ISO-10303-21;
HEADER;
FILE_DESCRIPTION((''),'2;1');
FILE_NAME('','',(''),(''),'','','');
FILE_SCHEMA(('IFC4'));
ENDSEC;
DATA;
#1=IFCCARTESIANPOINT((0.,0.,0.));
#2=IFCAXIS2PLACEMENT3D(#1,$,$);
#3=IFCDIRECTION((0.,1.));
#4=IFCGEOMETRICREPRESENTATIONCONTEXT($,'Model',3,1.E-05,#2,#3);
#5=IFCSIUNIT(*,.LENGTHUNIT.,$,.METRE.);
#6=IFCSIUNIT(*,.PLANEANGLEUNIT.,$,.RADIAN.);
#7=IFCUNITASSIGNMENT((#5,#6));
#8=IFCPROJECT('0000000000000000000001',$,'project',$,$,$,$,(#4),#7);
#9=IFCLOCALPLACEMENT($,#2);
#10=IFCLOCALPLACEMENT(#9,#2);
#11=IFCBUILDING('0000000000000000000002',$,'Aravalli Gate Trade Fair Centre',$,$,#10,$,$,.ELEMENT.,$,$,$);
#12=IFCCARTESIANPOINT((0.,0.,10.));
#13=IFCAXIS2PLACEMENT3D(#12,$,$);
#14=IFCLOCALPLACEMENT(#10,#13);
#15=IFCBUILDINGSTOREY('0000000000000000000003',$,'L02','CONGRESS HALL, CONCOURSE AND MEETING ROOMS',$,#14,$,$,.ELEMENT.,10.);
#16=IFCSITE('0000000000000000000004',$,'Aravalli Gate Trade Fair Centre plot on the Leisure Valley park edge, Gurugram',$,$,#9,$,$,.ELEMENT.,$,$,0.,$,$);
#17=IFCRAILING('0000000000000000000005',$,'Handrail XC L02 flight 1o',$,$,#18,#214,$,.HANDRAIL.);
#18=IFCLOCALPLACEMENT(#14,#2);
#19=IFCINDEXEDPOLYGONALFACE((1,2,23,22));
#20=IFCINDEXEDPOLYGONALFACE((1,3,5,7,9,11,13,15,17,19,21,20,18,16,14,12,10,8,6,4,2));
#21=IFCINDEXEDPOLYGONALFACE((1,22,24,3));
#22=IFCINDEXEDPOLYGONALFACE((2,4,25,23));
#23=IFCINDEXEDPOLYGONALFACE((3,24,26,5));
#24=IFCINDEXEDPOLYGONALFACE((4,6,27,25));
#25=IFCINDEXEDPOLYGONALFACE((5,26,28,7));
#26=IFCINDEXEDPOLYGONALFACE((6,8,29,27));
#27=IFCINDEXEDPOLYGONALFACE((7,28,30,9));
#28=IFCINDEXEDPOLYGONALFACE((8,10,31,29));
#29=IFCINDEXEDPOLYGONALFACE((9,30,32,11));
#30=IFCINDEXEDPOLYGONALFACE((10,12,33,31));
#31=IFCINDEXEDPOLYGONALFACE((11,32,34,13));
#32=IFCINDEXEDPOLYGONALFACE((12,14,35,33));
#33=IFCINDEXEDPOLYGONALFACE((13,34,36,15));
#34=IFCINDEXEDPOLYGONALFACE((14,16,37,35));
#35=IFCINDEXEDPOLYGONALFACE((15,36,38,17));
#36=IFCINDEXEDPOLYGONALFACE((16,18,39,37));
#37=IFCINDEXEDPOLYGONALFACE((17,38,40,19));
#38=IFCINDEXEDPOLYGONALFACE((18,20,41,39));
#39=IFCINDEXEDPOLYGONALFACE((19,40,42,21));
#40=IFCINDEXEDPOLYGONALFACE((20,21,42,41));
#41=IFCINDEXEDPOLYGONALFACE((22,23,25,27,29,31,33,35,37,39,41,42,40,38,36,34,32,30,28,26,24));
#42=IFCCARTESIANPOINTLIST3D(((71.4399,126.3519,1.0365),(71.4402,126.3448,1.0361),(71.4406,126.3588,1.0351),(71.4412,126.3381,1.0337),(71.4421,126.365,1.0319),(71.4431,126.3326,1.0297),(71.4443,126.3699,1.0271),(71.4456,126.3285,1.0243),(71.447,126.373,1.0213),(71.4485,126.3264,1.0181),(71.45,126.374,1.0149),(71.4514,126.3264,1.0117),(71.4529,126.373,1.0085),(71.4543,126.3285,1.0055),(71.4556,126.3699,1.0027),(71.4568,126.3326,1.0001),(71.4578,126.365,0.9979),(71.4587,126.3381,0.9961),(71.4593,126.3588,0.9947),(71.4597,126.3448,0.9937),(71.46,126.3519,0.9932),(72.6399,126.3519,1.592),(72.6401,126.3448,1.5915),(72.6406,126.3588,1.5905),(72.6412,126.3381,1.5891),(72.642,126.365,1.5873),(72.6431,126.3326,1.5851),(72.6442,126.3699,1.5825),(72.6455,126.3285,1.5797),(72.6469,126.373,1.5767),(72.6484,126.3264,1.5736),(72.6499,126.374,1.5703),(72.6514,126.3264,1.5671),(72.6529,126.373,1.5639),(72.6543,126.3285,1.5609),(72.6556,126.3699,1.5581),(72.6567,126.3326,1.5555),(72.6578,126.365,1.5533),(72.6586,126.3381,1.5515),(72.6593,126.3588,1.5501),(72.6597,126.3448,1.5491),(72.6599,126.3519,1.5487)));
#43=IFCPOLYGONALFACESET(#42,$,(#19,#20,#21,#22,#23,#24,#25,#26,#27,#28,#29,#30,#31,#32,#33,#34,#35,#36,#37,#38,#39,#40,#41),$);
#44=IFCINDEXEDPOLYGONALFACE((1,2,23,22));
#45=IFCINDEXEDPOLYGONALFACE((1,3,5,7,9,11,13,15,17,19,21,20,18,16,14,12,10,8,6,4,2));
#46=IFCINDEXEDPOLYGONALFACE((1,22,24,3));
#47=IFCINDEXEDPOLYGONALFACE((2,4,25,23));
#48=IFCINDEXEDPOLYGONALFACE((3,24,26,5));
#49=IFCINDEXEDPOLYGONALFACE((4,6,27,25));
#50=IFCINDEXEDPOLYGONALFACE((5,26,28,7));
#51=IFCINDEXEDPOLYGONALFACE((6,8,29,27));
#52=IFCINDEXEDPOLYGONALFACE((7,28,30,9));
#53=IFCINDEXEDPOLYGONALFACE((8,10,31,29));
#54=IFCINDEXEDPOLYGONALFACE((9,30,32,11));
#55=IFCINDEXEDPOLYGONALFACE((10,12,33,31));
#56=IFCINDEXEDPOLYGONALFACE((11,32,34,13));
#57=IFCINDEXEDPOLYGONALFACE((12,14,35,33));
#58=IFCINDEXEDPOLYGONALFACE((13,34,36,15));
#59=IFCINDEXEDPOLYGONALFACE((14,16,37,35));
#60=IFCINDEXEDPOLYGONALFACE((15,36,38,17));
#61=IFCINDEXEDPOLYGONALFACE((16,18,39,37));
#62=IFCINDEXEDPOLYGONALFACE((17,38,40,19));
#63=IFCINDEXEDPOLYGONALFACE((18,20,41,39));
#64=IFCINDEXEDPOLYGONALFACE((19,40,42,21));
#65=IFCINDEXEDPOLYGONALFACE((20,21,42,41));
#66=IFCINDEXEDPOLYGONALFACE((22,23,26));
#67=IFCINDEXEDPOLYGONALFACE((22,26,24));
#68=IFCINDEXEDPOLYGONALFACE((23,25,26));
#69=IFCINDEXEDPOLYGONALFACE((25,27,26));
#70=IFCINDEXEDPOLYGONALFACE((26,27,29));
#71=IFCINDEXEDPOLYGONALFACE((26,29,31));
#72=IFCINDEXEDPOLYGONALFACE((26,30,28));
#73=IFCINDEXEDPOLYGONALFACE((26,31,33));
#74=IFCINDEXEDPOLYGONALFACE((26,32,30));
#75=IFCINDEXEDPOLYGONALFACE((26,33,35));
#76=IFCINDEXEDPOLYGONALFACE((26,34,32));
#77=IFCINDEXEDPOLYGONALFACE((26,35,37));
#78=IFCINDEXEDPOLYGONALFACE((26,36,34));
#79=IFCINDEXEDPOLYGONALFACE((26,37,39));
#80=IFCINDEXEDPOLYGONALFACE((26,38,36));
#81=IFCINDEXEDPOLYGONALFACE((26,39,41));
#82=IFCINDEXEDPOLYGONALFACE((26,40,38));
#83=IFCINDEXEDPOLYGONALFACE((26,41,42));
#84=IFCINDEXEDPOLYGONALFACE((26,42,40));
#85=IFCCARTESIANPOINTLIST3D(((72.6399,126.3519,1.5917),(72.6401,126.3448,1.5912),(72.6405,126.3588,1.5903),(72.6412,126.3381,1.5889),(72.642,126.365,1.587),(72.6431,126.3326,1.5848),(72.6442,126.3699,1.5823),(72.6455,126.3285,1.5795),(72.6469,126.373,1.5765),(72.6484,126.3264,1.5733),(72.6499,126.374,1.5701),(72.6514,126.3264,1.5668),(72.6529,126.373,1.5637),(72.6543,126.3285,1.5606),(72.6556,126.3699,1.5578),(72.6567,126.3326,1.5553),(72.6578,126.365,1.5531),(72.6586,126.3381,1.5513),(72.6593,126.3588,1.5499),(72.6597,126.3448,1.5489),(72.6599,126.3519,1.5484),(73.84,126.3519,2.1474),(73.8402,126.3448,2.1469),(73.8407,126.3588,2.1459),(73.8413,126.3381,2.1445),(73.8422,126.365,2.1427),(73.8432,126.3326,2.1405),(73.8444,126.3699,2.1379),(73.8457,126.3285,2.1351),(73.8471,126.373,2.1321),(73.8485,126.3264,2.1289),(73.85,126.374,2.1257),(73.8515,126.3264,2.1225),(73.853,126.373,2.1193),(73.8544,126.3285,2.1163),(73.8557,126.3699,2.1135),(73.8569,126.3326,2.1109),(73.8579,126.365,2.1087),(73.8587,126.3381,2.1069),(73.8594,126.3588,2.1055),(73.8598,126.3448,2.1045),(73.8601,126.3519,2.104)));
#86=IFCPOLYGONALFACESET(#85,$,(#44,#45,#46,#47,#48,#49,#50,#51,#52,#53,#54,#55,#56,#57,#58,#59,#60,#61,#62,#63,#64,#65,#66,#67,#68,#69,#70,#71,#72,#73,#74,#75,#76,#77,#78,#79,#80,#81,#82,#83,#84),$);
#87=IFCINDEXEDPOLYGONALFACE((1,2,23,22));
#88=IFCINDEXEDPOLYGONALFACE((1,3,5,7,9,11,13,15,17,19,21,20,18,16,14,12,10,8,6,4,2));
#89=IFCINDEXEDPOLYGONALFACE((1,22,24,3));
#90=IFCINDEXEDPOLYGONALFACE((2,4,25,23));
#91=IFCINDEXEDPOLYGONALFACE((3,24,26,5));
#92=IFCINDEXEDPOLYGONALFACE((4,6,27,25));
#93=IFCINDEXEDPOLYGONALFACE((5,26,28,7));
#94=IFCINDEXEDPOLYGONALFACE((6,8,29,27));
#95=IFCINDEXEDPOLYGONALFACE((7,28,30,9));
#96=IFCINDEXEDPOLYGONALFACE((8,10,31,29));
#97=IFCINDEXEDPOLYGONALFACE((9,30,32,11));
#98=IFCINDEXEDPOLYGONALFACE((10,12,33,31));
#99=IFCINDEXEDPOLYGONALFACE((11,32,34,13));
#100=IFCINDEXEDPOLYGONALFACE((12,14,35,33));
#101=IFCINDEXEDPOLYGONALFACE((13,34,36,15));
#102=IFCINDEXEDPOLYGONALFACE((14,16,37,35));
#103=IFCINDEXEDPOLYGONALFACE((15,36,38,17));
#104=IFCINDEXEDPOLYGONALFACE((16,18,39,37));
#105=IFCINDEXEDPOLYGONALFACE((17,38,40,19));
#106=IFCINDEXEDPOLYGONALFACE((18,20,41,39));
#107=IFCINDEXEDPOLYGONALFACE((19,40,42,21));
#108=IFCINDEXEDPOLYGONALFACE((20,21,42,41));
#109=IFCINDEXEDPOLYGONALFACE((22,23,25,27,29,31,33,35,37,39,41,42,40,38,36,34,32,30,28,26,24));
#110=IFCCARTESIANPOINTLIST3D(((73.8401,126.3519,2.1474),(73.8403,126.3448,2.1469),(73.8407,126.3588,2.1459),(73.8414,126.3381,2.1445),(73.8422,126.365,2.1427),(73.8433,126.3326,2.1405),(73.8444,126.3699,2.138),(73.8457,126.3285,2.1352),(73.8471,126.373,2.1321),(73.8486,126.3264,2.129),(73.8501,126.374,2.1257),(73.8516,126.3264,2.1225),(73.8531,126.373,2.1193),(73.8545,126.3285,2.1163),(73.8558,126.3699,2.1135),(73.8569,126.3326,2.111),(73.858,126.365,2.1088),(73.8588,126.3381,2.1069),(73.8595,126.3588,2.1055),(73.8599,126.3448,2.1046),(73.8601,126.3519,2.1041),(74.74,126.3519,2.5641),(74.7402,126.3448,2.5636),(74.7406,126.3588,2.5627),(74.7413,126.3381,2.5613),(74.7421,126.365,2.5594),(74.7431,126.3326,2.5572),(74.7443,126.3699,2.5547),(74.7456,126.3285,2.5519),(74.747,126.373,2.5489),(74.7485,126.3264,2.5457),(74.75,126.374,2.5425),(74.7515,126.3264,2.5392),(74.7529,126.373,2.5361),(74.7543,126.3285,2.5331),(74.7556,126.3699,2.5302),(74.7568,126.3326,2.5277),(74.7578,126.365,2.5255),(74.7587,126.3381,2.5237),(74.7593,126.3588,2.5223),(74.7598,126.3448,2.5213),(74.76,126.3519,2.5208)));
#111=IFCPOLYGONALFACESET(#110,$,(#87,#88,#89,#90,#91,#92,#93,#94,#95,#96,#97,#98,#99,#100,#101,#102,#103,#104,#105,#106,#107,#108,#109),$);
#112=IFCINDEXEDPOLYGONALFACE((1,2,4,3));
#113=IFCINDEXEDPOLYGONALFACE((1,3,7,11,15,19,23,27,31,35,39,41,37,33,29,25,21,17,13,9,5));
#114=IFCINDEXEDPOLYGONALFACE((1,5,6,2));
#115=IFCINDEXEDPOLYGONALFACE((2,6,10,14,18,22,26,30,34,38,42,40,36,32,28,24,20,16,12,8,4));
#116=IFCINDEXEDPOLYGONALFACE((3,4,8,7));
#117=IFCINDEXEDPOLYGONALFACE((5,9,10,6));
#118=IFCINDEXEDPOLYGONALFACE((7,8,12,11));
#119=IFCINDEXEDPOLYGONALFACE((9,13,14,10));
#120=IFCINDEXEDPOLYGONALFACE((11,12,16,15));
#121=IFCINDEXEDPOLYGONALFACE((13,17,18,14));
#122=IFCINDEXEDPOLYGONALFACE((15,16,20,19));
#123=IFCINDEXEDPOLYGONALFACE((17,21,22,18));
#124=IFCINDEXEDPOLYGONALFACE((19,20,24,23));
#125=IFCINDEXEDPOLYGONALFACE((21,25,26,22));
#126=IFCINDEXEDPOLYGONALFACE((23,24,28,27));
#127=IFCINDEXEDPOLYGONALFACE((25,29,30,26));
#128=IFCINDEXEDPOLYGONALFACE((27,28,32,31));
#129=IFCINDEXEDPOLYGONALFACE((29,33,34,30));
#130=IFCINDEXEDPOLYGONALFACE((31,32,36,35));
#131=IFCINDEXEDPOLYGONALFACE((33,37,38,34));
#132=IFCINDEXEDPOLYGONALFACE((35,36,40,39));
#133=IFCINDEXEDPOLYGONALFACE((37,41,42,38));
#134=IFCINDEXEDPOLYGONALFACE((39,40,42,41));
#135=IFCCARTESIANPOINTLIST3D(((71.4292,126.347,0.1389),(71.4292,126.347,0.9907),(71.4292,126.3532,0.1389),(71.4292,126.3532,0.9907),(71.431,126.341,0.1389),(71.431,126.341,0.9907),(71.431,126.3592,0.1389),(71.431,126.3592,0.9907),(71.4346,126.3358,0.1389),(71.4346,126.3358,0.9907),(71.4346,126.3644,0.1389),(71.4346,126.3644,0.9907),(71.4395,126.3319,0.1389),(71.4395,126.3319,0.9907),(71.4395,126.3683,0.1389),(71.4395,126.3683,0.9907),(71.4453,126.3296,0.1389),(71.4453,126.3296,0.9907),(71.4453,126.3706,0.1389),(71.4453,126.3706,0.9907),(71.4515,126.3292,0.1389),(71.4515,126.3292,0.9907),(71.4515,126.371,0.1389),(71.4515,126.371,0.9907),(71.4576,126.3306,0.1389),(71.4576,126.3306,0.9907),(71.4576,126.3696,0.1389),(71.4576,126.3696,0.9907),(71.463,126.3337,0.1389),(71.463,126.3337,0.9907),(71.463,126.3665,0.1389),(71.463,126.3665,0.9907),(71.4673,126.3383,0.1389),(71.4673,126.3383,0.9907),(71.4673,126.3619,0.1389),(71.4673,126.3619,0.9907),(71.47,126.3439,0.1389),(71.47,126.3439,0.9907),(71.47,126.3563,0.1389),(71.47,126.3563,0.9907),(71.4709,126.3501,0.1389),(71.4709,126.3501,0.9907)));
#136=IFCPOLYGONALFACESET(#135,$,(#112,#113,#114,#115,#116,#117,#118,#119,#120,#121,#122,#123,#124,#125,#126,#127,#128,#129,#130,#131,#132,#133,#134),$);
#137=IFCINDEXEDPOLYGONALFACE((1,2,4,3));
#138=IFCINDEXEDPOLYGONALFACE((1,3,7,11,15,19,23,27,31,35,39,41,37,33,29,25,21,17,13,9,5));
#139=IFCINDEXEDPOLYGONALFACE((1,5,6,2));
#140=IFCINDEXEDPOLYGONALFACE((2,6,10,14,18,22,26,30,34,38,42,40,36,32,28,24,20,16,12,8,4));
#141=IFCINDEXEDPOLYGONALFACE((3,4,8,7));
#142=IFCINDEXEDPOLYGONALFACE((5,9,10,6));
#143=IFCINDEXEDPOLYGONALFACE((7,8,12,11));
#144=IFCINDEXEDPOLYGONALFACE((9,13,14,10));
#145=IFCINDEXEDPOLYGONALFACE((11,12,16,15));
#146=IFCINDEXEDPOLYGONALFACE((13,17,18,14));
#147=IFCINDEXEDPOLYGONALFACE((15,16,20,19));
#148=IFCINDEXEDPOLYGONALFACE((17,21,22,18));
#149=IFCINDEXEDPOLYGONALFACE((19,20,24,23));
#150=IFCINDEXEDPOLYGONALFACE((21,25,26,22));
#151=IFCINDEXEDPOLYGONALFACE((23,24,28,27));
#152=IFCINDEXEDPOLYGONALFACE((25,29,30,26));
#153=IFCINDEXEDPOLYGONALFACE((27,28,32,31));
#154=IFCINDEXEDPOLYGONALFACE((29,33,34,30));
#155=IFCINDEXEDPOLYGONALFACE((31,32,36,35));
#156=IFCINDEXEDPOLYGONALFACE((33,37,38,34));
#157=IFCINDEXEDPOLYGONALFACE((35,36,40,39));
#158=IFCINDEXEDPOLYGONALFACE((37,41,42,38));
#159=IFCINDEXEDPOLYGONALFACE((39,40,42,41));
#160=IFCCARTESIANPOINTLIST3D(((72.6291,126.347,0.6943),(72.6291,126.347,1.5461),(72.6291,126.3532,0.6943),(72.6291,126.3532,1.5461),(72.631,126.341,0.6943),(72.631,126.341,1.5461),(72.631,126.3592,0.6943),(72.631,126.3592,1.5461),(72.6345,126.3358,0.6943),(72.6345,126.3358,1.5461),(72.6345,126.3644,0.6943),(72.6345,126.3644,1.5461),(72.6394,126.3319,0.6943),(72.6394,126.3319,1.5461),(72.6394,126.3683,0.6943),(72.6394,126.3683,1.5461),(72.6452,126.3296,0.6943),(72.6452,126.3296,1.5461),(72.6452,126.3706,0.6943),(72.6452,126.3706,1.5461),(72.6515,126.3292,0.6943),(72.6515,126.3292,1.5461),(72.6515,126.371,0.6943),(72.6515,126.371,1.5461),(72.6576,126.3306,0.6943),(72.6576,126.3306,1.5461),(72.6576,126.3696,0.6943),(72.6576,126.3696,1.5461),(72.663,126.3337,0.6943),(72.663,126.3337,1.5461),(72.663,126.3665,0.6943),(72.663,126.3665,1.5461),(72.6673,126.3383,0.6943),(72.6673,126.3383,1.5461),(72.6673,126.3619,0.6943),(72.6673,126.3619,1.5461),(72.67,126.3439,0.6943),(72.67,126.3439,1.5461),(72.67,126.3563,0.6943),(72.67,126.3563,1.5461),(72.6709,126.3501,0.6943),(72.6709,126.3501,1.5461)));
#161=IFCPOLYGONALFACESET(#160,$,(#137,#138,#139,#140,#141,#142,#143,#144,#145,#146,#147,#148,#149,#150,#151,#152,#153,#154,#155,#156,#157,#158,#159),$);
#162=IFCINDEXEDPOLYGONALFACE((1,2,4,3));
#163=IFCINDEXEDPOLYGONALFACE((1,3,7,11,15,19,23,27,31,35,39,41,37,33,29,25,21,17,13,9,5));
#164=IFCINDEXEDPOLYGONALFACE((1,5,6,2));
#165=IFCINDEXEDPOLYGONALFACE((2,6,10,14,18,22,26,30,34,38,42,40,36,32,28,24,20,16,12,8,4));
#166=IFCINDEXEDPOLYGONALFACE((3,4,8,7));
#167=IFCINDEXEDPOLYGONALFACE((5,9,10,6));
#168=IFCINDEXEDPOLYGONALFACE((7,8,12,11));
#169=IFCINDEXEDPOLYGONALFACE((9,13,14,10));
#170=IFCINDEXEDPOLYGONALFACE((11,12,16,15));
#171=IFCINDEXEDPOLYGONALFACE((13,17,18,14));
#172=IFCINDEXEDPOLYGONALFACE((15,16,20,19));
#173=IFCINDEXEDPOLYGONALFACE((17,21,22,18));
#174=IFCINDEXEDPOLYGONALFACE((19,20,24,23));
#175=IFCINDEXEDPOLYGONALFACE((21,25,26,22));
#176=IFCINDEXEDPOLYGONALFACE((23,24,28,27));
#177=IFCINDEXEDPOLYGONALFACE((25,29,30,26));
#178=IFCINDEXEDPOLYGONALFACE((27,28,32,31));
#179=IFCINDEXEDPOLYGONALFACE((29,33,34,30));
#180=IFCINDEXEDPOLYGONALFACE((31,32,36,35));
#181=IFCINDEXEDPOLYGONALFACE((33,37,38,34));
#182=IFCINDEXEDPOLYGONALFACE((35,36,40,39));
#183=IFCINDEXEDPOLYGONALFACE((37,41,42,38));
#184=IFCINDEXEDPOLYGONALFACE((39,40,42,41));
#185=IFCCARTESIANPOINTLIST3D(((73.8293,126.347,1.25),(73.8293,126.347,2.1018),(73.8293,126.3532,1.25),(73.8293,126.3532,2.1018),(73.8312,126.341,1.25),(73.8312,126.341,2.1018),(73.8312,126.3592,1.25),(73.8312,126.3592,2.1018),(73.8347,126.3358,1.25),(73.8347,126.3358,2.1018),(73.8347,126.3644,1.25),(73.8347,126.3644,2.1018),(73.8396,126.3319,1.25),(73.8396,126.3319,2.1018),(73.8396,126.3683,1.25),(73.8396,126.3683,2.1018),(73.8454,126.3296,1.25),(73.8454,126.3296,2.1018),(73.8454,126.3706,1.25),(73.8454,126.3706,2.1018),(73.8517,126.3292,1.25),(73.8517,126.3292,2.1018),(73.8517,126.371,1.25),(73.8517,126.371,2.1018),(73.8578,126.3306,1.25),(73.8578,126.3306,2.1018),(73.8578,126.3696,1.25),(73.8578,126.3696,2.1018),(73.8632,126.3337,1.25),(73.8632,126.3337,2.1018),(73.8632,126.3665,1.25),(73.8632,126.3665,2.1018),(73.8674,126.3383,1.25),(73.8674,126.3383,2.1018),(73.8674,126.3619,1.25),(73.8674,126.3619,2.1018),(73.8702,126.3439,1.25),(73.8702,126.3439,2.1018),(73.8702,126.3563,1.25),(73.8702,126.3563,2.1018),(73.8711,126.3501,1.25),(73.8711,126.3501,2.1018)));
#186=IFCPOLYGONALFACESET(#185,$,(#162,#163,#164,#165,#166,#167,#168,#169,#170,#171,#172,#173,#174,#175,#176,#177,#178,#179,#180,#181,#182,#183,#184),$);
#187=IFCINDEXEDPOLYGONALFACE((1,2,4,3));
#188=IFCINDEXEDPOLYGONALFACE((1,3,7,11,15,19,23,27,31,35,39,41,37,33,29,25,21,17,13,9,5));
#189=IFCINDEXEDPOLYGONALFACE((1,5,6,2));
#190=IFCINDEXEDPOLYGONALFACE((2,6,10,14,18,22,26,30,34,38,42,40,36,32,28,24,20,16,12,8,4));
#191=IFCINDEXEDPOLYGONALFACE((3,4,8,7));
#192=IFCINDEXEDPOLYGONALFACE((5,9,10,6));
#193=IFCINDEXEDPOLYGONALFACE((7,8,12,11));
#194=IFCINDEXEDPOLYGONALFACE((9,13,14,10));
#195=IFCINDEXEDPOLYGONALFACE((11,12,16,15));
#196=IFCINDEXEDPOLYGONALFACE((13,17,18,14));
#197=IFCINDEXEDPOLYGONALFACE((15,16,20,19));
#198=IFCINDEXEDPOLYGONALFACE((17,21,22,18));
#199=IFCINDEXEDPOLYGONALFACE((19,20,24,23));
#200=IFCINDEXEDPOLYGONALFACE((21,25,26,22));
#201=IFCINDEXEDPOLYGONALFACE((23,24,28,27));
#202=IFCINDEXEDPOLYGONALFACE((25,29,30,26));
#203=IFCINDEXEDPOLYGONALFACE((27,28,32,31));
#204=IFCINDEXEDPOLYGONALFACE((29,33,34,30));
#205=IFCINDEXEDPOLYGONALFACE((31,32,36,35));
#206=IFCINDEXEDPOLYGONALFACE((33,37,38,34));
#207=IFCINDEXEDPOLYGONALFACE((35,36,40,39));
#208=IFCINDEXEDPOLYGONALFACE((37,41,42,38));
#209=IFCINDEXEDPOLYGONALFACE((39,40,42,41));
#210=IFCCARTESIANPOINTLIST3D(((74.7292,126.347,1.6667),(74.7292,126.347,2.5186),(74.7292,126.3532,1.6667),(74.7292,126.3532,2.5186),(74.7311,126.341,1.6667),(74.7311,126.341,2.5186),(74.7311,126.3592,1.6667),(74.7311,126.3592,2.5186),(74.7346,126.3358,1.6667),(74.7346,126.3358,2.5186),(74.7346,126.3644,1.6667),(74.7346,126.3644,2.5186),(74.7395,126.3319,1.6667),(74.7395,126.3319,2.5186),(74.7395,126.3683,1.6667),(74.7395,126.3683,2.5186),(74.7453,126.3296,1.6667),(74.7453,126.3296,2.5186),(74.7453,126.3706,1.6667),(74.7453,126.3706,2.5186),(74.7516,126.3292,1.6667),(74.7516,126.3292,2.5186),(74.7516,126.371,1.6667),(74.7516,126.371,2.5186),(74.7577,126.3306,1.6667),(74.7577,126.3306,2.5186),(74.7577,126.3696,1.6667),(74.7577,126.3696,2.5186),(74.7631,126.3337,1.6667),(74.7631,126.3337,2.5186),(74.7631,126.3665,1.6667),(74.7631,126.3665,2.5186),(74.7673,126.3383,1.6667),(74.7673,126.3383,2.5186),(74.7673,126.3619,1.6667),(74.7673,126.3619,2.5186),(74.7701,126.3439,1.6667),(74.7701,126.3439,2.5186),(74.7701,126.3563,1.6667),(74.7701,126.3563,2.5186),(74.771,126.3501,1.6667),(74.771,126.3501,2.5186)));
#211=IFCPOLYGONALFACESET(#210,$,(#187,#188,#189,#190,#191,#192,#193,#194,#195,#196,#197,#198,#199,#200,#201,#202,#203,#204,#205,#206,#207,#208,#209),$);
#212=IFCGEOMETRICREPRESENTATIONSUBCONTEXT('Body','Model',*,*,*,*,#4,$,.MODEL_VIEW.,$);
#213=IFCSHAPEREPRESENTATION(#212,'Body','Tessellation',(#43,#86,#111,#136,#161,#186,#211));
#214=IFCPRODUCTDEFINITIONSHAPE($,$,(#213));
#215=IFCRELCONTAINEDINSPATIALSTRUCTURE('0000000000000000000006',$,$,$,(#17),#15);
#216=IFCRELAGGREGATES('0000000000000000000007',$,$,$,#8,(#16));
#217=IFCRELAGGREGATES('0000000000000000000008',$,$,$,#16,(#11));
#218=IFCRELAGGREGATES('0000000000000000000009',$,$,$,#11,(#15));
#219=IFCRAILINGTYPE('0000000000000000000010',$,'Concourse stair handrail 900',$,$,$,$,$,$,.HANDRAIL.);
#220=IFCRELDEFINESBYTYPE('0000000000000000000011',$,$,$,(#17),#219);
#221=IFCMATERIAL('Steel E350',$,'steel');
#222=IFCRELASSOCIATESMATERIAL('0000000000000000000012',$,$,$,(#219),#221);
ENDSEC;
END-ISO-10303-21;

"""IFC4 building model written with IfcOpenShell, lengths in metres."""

from ifc_helpers import new_model, si_unit, direction, frame, origin, origin_2d, place, context, subcontext, project, spatial, circle, extrude, material, type_object, element, save


model = new_model("IFC4")

# Units and contexts
model_context = context("Model", 3, precision=1e-05, world=origin(), true_north=direction((0.0, 1.0)))
body_context = subcontext(model_context, "Body", "Model", "MODEL_VIEW")
ifc_project = project(units=[si_unit("LENGTHUNIT", "METRE"), si_unit("PLANEANGLEUNIT", "RADIAN")], contexts=[model_context])

# Site, building, storey
site_placement = place(None, origin())
site = spatial("IfcSite", under=ifc_project, at=site_placement, Name="Aravalli Gate Trade Fair Centre plot on the Leisure Valley park edge, Gurugram", CompositionType="ELEMENT", RefElevation=0.0)
building_placement = place(site_placement, origin())
building = spatial("IfcBuilding", under=site, at=building_placement, Name="Aravalli Gate Trade Fair Centre", CompositionType="ELEMENT")
storey_placement = place(building_placement, frame((0.0, 0.0, 10.0)))
storey = spatial("IfcBuildingStorey", under=building, at=storey_placement, Name="L02", Description="CONGRESS HALL, CONCOURSE AND MEETING ROOMS", CompositionType="ELEMENT", Elevation=10.0)

# Shared definitions
ifc_material_1 = material(Name="Steel E350", Category="steel")

# Railing
railing_type_1 = type_object("IfcRailingType", Name="Concourse stair handrail 900", PredefinedType="HANDRAIL", material=ifc_material_1)
railing_1_placement = place(storey_placement, frame((71.45, 126.3501, 0.1389)))
element("IfcRailing", 1, at=railing_1_placement, inside=storey, type_object=railing_type_1, Name="Handrail XC L02 flight 1o", PredefinedType="HANDRAIL", context=body_context, shape_type="SweptSolid", body=[
    extrude(circle(Radius=0.0239, at=origin_2d()), frame((0.0, 0.0, 0.876), z_axis=(0.907499, 0.0, 0.420053), x_axis=(0.0, 1.0, 0.0)), (0.0, 0.0, 1.0), 1.3223),
    extrude(circle(Radius=0.0239, at=origin_2d()), frame((1.2, 0.0, 1.4312), z_axis=(0.907462, 0.0, 0.420135), x_axis=(0.0, 1.0, 0.0)), (0.0, 0.0, 1.0), 1.3225),
    extrude(circle(Radius=0.0239, at=origin_2d()), frame((2.4001, 0.0, 1.9868), z_axis=(0.907418, 0.0, 0.420229), x_axis=(0.0, 1.0, 0.0)), (0.0, 0.0, 1.0), 0.9917),
    extrude(circle(Radius=0.021, at=origin_2d()), origin(), (0.0, 0.0, 1.0), 0.8518),
    extrude(circle(Radius=0.021, at=origin_2d()), frame((1.2, 0.0, 0.5554)), (0.0, 0.0, 1.0), 0.8518),
    extrude(circle(Radius=0.021, at=origin_2d()), frame((2.4001, 0.0, 1.1111)), (0.0, 0.0, 1.0), 0.8518),
    extrude(circle(Radius=0.021, at=origin_2d()), frame((3.3, 0.0, 1.5278)), (0.0, 0.0, 1.0), 0.8518),
])

save(model, "model.ifc")
